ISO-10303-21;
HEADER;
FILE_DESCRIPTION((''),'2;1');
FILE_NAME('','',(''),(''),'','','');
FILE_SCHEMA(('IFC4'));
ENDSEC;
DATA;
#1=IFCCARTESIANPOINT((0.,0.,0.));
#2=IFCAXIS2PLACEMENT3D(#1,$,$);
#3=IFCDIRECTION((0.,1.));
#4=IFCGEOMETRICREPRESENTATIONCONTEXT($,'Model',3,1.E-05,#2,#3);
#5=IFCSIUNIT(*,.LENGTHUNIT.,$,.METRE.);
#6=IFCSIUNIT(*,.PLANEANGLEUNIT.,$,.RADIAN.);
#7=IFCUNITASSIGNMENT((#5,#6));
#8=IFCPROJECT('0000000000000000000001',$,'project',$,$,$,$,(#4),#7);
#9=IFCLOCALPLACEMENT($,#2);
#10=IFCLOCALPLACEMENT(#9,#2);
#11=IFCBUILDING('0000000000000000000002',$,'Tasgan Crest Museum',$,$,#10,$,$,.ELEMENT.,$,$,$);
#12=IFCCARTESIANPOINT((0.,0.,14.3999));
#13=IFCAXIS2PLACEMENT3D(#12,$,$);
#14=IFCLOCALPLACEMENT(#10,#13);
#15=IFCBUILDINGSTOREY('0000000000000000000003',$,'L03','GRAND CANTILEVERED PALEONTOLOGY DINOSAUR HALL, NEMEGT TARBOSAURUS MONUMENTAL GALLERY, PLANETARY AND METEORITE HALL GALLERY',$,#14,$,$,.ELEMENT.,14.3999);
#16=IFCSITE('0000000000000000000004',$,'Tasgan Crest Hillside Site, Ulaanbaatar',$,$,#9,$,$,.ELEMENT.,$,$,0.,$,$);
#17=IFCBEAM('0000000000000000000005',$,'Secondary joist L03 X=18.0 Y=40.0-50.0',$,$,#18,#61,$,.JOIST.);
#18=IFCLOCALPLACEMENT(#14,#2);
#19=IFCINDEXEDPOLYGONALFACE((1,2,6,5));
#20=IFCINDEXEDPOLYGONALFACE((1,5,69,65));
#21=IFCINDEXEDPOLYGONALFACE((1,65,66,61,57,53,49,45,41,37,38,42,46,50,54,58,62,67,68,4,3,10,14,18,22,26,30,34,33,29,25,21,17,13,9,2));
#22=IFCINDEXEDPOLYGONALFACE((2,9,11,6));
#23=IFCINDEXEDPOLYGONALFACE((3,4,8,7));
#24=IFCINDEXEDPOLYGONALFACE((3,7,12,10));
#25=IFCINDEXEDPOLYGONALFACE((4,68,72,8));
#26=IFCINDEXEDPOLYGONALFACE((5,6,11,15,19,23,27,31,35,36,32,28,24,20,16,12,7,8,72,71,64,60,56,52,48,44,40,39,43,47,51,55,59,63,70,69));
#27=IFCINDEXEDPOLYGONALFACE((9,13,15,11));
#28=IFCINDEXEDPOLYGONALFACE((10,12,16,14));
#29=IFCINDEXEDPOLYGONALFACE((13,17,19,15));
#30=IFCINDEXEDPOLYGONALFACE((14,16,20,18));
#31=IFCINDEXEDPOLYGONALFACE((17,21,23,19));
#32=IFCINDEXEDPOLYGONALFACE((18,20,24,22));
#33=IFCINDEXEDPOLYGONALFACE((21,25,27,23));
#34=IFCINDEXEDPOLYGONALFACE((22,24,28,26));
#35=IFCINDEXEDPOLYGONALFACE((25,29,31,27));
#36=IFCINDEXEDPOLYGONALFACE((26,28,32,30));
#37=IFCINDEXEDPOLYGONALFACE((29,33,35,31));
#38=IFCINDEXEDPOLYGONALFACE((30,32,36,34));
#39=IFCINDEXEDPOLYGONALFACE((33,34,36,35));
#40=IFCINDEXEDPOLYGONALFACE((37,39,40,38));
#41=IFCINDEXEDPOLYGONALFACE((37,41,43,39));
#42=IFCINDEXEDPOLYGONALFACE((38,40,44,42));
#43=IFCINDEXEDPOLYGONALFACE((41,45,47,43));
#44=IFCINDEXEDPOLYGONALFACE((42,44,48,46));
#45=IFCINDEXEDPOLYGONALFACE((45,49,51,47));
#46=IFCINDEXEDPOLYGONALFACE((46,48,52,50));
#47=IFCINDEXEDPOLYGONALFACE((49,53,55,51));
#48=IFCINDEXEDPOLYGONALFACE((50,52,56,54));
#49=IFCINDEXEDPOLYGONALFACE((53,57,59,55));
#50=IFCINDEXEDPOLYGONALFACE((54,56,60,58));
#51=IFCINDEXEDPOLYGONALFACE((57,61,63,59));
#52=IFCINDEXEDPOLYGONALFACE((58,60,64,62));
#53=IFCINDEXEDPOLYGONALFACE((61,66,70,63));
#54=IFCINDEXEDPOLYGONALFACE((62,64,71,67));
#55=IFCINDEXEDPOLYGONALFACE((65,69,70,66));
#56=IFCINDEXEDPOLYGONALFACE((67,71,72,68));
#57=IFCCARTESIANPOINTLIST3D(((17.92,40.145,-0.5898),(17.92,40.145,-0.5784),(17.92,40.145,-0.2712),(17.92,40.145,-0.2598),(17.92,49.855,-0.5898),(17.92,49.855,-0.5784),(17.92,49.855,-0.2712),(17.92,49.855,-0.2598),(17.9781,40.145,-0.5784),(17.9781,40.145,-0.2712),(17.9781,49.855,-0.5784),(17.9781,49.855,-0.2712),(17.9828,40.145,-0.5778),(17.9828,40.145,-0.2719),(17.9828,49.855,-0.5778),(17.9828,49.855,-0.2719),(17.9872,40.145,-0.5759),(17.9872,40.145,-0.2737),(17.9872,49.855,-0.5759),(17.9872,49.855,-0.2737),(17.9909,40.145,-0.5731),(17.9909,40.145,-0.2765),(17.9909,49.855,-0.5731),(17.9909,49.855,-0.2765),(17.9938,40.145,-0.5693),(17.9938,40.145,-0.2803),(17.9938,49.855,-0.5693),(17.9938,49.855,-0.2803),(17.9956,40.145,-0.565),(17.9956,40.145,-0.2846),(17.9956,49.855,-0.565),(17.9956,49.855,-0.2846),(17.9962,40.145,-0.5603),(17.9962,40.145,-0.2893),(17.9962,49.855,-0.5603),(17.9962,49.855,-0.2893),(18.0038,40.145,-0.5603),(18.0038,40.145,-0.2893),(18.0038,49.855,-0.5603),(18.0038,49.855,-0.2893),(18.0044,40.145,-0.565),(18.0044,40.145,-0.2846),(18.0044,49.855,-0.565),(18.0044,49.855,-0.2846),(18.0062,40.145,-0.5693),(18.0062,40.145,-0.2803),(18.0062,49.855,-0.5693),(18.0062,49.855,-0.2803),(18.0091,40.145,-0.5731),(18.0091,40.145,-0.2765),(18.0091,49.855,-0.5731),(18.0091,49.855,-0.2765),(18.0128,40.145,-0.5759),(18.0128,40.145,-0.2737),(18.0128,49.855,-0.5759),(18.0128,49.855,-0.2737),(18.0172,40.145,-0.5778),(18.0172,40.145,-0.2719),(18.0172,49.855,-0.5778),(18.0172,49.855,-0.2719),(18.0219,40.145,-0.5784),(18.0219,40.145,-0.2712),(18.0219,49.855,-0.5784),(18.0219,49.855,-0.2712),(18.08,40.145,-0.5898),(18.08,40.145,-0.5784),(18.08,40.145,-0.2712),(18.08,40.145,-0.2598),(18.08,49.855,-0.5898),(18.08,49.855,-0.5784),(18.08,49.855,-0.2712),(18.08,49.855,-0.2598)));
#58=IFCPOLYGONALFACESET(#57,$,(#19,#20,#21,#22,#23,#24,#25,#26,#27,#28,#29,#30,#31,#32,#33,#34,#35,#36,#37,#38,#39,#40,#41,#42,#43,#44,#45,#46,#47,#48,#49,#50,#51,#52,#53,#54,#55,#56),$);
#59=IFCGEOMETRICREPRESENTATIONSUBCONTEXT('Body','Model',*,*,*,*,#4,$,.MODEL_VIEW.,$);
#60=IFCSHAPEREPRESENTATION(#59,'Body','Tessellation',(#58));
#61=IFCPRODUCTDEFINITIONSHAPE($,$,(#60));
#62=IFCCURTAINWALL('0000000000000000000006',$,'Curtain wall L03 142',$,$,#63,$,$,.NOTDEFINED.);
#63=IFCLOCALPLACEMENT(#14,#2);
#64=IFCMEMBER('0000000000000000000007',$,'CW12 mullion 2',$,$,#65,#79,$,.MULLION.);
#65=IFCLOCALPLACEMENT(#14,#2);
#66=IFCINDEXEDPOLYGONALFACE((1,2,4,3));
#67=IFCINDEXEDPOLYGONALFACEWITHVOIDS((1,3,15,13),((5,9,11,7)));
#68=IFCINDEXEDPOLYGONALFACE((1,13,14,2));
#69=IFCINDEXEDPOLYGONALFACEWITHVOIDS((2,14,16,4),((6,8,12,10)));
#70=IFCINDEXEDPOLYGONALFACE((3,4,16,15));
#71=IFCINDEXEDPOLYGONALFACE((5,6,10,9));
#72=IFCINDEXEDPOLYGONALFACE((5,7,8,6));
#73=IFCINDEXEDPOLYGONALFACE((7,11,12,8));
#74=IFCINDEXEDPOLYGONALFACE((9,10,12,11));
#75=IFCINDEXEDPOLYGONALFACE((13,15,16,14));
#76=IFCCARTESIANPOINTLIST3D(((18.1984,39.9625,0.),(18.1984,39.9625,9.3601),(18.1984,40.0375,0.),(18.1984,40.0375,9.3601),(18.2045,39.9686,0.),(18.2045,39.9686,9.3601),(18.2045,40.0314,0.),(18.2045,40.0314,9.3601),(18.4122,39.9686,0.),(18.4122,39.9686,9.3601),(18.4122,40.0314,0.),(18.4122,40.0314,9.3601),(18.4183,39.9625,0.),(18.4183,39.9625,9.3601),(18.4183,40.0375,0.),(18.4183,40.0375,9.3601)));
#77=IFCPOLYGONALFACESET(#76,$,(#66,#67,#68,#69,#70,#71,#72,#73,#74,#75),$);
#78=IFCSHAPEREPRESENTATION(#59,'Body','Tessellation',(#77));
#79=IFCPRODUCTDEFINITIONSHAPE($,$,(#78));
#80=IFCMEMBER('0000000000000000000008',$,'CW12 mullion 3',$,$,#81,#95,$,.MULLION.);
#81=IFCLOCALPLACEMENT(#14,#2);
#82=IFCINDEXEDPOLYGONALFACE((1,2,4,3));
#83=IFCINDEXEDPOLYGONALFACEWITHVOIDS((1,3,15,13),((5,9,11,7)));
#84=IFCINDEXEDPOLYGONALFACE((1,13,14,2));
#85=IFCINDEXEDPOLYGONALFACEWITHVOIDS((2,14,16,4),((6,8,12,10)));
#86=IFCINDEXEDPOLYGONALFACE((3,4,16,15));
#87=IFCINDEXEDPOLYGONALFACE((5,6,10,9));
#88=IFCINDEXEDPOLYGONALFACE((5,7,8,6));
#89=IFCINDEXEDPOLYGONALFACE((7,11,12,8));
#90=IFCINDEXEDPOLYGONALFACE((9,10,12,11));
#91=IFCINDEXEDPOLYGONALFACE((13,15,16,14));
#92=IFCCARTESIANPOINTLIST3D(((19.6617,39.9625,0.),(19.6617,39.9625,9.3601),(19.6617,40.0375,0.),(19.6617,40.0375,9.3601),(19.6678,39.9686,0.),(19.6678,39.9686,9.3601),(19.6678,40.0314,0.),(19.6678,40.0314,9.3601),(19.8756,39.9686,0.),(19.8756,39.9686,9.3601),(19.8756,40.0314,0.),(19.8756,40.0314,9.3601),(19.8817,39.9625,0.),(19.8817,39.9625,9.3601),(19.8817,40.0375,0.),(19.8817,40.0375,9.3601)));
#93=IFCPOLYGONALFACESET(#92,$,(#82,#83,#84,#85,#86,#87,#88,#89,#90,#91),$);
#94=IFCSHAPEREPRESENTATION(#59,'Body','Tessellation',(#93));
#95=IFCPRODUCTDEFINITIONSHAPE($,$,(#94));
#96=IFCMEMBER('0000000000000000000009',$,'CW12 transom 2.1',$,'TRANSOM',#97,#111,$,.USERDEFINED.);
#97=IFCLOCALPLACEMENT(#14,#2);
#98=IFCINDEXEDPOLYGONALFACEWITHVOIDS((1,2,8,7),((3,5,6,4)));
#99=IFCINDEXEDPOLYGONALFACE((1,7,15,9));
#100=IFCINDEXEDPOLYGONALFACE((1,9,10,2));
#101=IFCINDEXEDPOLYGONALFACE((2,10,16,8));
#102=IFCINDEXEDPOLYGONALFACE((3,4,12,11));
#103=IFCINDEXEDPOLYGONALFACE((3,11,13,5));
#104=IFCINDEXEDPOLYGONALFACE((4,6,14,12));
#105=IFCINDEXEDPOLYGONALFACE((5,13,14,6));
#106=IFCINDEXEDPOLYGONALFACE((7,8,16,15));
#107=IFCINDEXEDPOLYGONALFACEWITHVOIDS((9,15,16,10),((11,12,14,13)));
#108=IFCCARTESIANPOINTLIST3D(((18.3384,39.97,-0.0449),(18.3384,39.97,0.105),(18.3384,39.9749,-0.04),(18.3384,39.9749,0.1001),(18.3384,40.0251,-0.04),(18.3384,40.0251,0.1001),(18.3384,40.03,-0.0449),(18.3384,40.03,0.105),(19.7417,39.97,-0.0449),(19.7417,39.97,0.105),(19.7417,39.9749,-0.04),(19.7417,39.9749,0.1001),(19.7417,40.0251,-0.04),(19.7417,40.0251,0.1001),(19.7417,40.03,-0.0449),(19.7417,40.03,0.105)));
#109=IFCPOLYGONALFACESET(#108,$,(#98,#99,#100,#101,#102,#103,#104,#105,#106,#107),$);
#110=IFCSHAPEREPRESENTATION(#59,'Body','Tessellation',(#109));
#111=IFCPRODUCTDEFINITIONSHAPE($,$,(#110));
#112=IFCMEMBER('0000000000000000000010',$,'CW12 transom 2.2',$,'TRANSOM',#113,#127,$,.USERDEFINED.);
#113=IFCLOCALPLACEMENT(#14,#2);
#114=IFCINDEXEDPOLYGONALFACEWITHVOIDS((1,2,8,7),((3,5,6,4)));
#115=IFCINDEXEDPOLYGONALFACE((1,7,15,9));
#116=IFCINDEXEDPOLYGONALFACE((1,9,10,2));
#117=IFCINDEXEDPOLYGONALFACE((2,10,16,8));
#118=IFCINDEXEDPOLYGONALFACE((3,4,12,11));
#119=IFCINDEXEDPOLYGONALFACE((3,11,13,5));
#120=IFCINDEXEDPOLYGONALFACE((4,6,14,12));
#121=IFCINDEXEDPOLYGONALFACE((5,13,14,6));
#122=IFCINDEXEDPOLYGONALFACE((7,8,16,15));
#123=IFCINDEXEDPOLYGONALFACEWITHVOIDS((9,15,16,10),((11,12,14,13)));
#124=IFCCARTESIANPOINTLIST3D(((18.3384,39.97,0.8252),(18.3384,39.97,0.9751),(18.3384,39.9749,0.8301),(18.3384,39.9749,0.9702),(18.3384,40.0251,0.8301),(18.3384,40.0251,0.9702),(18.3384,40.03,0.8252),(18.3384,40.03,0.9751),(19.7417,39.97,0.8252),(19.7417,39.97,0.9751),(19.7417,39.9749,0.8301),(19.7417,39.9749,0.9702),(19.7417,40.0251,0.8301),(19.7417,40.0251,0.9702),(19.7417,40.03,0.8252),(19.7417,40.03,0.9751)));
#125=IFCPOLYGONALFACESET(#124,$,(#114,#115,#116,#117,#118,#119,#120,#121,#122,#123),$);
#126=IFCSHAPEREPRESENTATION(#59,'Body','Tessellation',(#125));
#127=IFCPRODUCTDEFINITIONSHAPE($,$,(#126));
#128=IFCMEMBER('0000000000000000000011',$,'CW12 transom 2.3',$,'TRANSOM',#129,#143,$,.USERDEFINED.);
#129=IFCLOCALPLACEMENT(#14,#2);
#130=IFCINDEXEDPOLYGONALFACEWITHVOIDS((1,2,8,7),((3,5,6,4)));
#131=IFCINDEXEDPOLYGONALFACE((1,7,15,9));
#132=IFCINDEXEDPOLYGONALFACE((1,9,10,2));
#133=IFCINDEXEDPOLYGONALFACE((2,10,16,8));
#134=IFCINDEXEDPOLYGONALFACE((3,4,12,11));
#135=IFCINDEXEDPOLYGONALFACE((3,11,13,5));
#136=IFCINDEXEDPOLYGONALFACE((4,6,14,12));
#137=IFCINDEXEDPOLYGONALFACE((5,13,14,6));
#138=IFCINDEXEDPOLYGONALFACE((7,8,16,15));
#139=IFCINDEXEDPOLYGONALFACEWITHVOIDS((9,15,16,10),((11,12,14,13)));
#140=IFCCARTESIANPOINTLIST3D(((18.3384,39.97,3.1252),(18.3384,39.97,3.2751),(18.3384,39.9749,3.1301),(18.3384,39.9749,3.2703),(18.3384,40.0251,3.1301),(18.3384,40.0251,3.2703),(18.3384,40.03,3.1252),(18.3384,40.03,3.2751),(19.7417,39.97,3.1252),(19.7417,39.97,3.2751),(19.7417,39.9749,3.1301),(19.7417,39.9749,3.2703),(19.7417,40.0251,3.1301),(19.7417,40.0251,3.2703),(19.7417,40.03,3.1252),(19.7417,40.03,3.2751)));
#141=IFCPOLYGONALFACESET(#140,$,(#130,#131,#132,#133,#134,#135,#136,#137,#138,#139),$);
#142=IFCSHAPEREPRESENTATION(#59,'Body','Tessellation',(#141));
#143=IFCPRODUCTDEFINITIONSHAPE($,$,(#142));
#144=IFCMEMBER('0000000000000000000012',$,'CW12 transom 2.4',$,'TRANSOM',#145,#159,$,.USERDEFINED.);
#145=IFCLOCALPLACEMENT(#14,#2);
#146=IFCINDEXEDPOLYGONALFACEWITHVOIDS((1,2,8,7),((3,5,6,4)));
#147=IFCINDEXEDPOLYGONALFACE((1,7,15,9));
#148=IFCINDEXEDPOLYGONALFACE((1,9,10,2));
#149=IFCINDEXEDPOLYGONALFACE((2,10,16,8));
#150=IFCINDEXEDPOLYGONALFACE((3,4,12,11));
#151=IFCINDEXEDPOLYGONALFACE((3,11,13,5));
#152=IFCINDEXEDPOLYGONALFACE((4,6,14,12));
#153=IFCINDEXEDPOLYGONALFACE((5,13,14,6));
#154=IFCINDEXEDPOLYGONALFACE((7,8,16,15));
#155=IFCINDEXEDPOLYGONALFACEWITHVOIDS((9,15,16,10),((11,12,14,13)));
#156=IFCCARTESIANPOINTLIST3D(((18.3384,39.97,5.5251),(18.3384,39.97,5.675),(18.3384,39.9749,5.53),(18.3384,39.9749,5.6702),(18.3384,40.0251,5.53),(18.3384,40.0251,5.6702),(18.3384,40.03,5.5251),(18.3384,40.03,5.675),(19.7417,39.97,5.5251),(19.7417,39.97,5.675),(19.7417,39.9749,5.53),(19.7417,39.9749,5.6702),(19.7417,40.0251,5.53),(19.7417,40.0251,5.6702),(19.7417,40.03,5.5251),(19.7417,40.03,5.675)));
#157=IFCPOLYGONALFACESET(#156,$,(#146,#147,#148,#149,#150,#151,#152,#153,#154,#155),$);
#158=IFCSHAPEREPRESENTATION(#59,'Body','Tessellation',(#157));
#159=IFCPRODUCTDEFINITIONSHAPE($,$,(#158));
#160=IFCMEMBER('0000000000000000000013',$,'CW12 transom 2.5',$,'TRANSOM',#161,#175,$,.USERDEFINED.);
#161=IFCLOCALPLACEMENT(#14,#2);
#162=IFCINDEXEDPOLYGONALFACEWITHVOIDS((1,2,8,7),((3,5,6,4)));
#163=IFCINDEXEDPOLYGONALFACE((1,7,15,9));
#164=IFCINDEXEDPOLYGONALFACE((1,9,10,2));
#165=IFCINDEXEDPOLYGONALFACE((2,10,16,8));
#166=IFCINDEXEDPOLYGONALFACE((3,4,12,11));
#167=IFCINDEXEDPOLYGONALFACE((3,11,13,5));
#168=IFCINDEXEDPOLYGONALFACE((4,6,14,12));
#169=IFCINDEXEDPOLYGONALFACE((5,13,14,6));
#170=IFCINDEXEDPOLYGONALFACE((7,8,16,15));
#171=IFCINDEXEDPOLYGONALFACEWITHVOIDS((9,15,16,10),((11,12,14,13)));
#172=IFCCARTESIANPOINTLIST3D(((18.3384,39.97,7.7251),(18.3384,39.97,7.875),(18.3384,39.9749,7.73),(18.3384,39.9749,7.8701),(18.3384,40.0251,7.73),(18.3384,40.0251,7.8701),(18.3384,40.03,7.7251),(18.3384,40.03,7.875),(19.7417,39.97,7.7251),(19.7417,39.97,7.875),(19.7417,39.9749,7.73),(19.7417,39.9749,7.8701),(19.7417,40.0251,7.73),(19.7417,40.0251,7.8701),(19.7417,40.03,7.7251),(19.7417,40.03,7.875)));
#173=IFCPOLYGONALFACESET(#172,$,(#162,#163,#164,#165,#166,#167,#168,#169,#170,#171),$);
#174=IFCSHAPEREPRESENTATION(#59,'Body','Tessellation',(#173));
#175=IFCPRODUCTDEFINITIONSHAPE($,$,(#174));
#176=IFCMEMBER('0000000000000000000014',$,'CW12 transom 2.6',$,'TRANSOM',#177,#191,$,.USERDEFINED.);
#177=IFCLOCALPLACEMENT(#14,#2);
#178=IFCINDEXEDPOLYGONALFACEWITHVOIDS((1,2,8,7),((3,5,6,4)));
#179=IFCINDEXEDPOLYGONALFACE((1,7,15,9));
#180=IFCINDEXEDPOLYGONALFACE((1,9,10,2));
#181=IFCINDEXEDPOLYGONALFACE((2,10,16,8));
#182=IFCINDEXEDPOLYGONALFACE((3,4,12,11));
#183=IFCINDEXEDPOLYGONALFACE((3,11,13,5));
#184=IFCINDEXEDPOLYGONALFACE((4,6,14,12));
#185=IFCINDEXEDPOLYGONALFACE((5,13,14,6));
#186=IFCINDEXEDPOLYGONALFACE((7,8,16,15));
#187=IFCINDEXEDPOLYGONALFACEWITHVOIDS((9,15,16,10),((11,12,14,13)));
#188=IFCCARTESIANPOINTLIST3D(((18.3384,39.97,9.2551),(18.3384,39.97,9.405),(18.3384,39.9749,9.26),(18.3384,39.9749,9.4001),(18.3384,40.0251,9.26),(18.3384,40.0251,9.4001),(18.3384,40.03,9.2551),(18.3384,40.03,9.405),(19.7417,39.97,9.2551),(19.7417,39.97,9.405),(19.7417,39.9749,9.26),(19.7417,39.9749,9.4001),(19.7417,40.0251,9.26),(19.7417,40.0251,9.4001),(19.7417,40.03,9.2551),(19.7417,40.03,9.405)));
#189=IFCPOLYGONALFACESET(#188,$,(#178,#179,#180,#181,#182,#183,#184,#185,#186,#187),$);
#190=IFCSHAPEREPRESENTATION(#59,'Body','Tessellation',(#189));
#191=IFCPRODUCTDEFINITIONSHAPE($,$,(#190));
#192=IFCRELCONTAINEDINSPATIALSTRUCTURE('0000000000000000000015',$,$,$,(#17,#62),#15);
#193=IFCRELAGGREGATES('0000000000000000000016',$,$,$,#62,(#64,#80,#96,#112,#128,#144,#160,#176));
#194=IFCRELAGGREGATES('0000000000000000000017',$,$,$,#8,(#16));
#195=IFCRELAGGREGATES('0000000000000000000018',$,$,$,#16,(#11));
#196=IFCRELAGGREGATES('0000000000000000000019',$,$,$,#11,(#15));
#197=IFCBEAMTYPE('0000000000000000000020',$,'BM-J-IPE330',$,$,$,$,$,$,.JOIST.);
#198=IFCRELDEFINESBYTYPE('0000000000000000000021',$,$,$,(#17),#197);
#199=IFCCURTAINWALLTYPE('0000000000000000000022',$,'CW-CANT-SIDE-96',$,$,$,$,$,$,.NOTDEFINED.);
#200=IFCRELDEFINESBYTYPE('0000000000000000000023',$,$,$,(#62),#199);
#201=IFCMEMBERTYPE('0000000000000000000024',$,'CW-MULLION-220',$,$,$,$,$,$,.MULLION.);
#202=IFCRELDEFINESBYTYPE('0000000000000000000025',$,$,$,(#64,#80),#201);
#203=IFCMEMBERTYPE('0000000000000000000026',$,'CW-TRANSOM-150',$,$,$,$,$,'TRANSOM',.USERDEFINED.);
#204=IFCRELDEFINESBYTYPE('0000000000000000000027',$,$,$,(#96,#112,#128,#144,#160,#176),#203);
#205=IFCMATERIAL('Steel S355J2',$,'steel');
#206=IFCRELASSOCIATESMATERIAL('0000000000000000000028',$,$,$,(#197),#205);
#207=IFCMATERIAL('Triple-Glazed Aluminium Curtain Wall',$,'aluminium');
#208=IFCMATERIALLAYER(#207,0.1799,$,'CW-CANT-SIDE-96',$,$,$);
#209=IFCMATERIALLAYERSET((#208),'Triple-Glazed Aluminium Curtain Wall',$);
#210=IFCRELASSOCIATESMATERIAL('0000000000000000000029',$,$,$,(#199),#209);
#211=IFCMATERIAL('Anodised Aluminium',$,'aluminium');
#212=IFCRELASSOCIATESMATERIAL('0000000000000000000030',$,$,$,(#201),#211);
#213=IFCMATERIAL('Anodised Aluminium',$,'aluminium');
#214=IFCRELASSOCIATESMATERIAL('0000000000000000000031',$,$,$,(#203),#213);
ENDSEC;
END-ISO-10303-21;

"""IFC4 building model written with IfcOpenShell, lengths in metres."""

from ifc_helpers import new_model, si_unit, direction, frame, origin, origin_2d, place, context, subcontext, project, spatial, hollow_rectangle, i_section, extrude, material, layer, layer_set, material_profile, profile_set, type_object, element, aggregate, save


model = new_model("IFC4")

# Units and contexts
model_context = context("Model", 3, precision=1e-05, world=origin(), true_north=direction((0.0, 1.0)))
body_context = subcontext(model_context, "Body", "Model", "MODEL_VIEW")
ifc_project = project(units=[si_unit("LENGTHUNIT", "METRE"), si_unit("PLANEANGLEUNIT", "RADIAN")], contexts=[model_context])

# Site, building, storey
site_placement = place(None, origin())
site = spatial("IfcSite", under=ifc_project, at=site_placement, Name="Tasgan Crest Hillside Site, Ulaanbaatar", CompositionType="ELEMENT", RefElevation=0.0)
building_placement = place(site_placement, origin())
building = spatial("IfcBuilding", under=site, at=building_placement, Name="Tasgan Crest Museum", CompositionType="ELEMENT")
storey_placement = place(building_placement, frame((0.0, 0.0, 14.3999)))
storey = spatial("IfcBuildingStorey", under=building, at=storey_placement, Name="L03", Description="GRAND CANTILEVERED PALEONTOLOGY DINOSAUR HALL, NEMEGT TARBOSAURUS MONUMENTAL GALLERY, PLANETARY AND METEORITE HALL GALLERY", CompositionType="ELEMENT", Elevation=14.3999)

# Beam
ifc_material_1 = material(Name="Steel S355J2", Category="steel")
ifc_material_profile_1 = material_profile(ifc_material_1, i_section(OverallWidth=0.1599, OverallDepth=0.3301, WebThickness=0.0076, FlangeThickness=0.0115, FilletRadius=0.0181, at=origin_2d()), Name="IPE 330")
ifc_profile_set_1 = profile_set([ifc_material_profile_1], Name="Steel S355J2")
beam_type = type_object("IfcBeamType", Name="BM-J-IPE330", PredefinedType="JOIST", material=ifc_profile_set_1)
beam_placement = place(storey_placement, frame((18.0, 40.145, -0.4248), z_axis=(0.0, 1.0, 0.0), x_axis=(-1.0, 0.0, 0.0)))
element("IfcBeam", 1, at=beam_placement, inside=storey, type_object=beam_type, Name="Secondary joist L03 X=18.0 Y=40.0-50.0", PredefinedType="JOIST", context=body_context, shape_type="SweptSolid", body=[
    extrude(i_section(OverallWidth=0.1599, OverallDepth=0.3301, WebThickness=0.0076, FlangeThickness=0.0115, FilletRadius=0.0181, at=origin_2d()), origin(), (0.0, 0.0, 1.0), 9.71),
])

# Curtain wall, members
ifc_material_2 = material(Name="Triple-Glazed Aluminium Curtain Wall", Category="aluminium")
ifc_layer_1 = layer(ifc_material_2, 0.1799, Name="CW-CANT-SIDE-96")
ifc_layer_set_1 = layer_set([ifc_layer_1], Name="Triple-Glazed Aluminium Curtain Wall")
curtain_wall_type = type_object("IfcCurtainWallType", Name="CW-CANT-SIDE-96", PredefinedType="NOTDEFINED", material=ifc_layer_set_1)
curtain_wall_placement = place(storey_placement, origin())
curtain_wall = element("IfcCurtainWall", 2, at=curtain_wall_placement, inside=storey, type_object=curtain_wall_type, Name="Curtain wall L03 142", PredefinedType="NOTDEFINED")
ifc_material_3 = material(Name="Anodised Aluminium", Category="aluminium")
ifc_material_profile_2 = material_profile(ifc_material_3, hollow_rectangle(XDim=0.075, YDim=0.22, WallThickness=0.0061, at=origin_2d()), Name="ALU MULLION 220x75x6")
ifc_profile_set_2 = profile_set([ifc_material_profile_2], Name="Anodised Aluminium")
member_type_1 = type_object("IfcMemberType", Name="CW-MULLION-220", PredefinedType="MULLION", material=ifc_profile_set_2)
member_1_placement = place(storey_placement, frame((18.3083, 40.0, 0.0), z_axis=(0.0, 0.0, 1.0), x_axis=(0.0, 1.0, 0.0)))
member_1 = element("IfcMember", 3, at=member_1_placement, type_object=member_type_1, Name="CW12 mullion 2", PredefinedType="MULLION", context=body_context, shape_type="SweptSolid", body=[
    extrude(hollow_rectangle(XDim=0.075, YDim=0.22, WallThickness=0.0061, at=origin_2d()), origin(), (0.0, 0.0, 1.0), 9.3601),
])
member_2_placement = place(storey_placement, frame((19.7717, 40.0, 0.0), z_axis=(0.0, 0.0, 1.0), x_axis=(0.0, 1.0, 0.0)))
member_2 = element("IfcMember", 4, at=member_2_placement, type_object=member_type_1, Name="CW12 mullion 3", PredefinedType="MULLION", context=body_context, shape_type="SweptSolid", body=[
    extrude(hollow_rectangle(XDim=0.075, YDim=0.22, WallThickness=0.0061, at=origin_2d()), origin(), (0.0, 0.0, 1.0), 9.3601),
])
ifc_material_4 = material(Name="Anodised Aluminium", Category="aluminium")
ifc_material_profile_3 = material_profile(ifc_material_4, hollow_rectangle(XDim=0.0601, YDim=0.1499, WallThickness=0.0049, at=origin_2d()), Name="ALU TRANSOM 150x60x5")
ifc_profile_set_3 = profile_set([ifc_material_profile_3], Name="Anodised Aluminium")
member_type_2 = type_object("IfcMemberType", Name="CW-TRANSOM-150", ElementType="TRANSOM", PredefinedType="USERDEFINED", material=ifc_profile_set_3)
member_3_placement = place(storey_placement, frame((18.3384, 40.0, 0.03), z_axis=(1.0, 0.0, 0.0), x_axis=(0.0, 1.0, 0.0)))
member_3 = element("IfcMember", 5, at=member_3_placement, type_object=member_type_2, Name="CW12 transom 2.1", ObjectType="TRANSOM", PredefinedType="USERDEFINED", context=body_context, shape_type="SweptSolid", body=[
    extrude(hollow_rectangle(XDim=0.0601, YDim=0.1499, WallThickness=0.0049, at=origin_2d()), origin(), (0.0, 0.0, 1.0), 1.4033),
])
member_4_placement = place(storey_placement, frame((18.3384, 40.0, 0.9001), z_axis=(1.0, 0.0, 0.0), x_axis=(0.0, 1.0, 0.0)))
member_4 = element("IfcMember", 6, at=member_4_placement, type_object=member_type_2, Name="CW12 transom 2.2", ObjectType="TRANSOM", PredefinedType="USERDEFINED", context=body_context, shape_type="SweptSolid", body=[
    extrude(hollow_rectangle(XDim=0.0601, YDim=0.1499, WallThickness=0.0049, at=origin_2d()), origin(), (0.0, 0.0, 1.0), 1.4033),
])
member_5_placement = place(storey_placement, frame((18.3384, 40.0, 3.2002), z_axis=(1.0, 0.0, 0.0), x_axis=(0.0, 1.0, 0.0)))
member_5 = element("IfcMember", 7, at=member_5_placement, type_object=member_type_2, Name="CW12 transom 2.3", ObjectType="TRANSOM", PredefinedType="USERDEFINED", context=body_context, shape_type="SweptSolid", body=[
    extrude(hollow_rectangle(XDim=0.0601, YDim=0.1499, WallThickness=0.0049, at=origin_2d()), origin(), (0.0, 0.0, 1.0), 1.4033),
])
member_6_placement = place(storey_placement, frame((18.3384, 40.0, 5.6001), z_axis=(1.0, 0.0, 0.0), x_axis=(0.0, 1.0, 0.0)))
member_6 = element("IfcMember", 8, at=member_6_placement, type_object=member_type_2, Name="CW12 transom 2.4", ObjectType="TRANSOM", PredefinedType="USERDEFINED", context=body_context, shape_type="SweptSolid", body=[
    extrude(hollow_rectangle(XDim=0.0601, YDim=0.1499, WallThickness=0.0049, at=origin_2d()), origin(), (0.0, 0.0, 1.0), 1.4033),
])
member_7_placement = place(storey_placement, frame((18.3384, 40.0, 7.8), z_axis=(1.0, 0.0, 0.0), x_axis=(0.0, 1.0, 0.0)))
member_7 = element("IfcMember", 9, at=member_7_placement, type_object=member_type_2, Name="CW12 transom 2.5", ObjectType="TRANSOM", PredefinedType="USERDEFINED", context=body_context, shape_type="SweptSolid", body=[
    extrude(hollow_rectangle(XDim=0.0601, YDim=0.1499, WallThickness=0.0049, at=origin_2d()), origin(), (0.0, 0.0, 1.0), 1.4033),
])
member_8_placement = place(storey_placement, frame((18.3384, 40.0, 9.3301), z_axis=(1.0, 0.0, 0.0), x_axis=(0.0, 1.0, 0.0)))
member_8 = element("IfcMember", 10, at=member_8_placement, type_object=member_type_2, Name="CW12 transom 2.6", ObjectType="TRANSOM", PredefinedType="USERDEFINED", context=body_context, shape_type="SweptSolid", body=[
    extrude(hollow_rectangle(XDim=0.0601, YDim=0.1499, WallThickness=0.0049, at=origin_2d()), origin(), (0.0, 0.0, 1.0), 1.4033),
])
aggregate(curtain_wall, [member_1, member_2, member_3, member_4, member_5, member_6, member_7, member_8])

save(model, "model.ifc")
